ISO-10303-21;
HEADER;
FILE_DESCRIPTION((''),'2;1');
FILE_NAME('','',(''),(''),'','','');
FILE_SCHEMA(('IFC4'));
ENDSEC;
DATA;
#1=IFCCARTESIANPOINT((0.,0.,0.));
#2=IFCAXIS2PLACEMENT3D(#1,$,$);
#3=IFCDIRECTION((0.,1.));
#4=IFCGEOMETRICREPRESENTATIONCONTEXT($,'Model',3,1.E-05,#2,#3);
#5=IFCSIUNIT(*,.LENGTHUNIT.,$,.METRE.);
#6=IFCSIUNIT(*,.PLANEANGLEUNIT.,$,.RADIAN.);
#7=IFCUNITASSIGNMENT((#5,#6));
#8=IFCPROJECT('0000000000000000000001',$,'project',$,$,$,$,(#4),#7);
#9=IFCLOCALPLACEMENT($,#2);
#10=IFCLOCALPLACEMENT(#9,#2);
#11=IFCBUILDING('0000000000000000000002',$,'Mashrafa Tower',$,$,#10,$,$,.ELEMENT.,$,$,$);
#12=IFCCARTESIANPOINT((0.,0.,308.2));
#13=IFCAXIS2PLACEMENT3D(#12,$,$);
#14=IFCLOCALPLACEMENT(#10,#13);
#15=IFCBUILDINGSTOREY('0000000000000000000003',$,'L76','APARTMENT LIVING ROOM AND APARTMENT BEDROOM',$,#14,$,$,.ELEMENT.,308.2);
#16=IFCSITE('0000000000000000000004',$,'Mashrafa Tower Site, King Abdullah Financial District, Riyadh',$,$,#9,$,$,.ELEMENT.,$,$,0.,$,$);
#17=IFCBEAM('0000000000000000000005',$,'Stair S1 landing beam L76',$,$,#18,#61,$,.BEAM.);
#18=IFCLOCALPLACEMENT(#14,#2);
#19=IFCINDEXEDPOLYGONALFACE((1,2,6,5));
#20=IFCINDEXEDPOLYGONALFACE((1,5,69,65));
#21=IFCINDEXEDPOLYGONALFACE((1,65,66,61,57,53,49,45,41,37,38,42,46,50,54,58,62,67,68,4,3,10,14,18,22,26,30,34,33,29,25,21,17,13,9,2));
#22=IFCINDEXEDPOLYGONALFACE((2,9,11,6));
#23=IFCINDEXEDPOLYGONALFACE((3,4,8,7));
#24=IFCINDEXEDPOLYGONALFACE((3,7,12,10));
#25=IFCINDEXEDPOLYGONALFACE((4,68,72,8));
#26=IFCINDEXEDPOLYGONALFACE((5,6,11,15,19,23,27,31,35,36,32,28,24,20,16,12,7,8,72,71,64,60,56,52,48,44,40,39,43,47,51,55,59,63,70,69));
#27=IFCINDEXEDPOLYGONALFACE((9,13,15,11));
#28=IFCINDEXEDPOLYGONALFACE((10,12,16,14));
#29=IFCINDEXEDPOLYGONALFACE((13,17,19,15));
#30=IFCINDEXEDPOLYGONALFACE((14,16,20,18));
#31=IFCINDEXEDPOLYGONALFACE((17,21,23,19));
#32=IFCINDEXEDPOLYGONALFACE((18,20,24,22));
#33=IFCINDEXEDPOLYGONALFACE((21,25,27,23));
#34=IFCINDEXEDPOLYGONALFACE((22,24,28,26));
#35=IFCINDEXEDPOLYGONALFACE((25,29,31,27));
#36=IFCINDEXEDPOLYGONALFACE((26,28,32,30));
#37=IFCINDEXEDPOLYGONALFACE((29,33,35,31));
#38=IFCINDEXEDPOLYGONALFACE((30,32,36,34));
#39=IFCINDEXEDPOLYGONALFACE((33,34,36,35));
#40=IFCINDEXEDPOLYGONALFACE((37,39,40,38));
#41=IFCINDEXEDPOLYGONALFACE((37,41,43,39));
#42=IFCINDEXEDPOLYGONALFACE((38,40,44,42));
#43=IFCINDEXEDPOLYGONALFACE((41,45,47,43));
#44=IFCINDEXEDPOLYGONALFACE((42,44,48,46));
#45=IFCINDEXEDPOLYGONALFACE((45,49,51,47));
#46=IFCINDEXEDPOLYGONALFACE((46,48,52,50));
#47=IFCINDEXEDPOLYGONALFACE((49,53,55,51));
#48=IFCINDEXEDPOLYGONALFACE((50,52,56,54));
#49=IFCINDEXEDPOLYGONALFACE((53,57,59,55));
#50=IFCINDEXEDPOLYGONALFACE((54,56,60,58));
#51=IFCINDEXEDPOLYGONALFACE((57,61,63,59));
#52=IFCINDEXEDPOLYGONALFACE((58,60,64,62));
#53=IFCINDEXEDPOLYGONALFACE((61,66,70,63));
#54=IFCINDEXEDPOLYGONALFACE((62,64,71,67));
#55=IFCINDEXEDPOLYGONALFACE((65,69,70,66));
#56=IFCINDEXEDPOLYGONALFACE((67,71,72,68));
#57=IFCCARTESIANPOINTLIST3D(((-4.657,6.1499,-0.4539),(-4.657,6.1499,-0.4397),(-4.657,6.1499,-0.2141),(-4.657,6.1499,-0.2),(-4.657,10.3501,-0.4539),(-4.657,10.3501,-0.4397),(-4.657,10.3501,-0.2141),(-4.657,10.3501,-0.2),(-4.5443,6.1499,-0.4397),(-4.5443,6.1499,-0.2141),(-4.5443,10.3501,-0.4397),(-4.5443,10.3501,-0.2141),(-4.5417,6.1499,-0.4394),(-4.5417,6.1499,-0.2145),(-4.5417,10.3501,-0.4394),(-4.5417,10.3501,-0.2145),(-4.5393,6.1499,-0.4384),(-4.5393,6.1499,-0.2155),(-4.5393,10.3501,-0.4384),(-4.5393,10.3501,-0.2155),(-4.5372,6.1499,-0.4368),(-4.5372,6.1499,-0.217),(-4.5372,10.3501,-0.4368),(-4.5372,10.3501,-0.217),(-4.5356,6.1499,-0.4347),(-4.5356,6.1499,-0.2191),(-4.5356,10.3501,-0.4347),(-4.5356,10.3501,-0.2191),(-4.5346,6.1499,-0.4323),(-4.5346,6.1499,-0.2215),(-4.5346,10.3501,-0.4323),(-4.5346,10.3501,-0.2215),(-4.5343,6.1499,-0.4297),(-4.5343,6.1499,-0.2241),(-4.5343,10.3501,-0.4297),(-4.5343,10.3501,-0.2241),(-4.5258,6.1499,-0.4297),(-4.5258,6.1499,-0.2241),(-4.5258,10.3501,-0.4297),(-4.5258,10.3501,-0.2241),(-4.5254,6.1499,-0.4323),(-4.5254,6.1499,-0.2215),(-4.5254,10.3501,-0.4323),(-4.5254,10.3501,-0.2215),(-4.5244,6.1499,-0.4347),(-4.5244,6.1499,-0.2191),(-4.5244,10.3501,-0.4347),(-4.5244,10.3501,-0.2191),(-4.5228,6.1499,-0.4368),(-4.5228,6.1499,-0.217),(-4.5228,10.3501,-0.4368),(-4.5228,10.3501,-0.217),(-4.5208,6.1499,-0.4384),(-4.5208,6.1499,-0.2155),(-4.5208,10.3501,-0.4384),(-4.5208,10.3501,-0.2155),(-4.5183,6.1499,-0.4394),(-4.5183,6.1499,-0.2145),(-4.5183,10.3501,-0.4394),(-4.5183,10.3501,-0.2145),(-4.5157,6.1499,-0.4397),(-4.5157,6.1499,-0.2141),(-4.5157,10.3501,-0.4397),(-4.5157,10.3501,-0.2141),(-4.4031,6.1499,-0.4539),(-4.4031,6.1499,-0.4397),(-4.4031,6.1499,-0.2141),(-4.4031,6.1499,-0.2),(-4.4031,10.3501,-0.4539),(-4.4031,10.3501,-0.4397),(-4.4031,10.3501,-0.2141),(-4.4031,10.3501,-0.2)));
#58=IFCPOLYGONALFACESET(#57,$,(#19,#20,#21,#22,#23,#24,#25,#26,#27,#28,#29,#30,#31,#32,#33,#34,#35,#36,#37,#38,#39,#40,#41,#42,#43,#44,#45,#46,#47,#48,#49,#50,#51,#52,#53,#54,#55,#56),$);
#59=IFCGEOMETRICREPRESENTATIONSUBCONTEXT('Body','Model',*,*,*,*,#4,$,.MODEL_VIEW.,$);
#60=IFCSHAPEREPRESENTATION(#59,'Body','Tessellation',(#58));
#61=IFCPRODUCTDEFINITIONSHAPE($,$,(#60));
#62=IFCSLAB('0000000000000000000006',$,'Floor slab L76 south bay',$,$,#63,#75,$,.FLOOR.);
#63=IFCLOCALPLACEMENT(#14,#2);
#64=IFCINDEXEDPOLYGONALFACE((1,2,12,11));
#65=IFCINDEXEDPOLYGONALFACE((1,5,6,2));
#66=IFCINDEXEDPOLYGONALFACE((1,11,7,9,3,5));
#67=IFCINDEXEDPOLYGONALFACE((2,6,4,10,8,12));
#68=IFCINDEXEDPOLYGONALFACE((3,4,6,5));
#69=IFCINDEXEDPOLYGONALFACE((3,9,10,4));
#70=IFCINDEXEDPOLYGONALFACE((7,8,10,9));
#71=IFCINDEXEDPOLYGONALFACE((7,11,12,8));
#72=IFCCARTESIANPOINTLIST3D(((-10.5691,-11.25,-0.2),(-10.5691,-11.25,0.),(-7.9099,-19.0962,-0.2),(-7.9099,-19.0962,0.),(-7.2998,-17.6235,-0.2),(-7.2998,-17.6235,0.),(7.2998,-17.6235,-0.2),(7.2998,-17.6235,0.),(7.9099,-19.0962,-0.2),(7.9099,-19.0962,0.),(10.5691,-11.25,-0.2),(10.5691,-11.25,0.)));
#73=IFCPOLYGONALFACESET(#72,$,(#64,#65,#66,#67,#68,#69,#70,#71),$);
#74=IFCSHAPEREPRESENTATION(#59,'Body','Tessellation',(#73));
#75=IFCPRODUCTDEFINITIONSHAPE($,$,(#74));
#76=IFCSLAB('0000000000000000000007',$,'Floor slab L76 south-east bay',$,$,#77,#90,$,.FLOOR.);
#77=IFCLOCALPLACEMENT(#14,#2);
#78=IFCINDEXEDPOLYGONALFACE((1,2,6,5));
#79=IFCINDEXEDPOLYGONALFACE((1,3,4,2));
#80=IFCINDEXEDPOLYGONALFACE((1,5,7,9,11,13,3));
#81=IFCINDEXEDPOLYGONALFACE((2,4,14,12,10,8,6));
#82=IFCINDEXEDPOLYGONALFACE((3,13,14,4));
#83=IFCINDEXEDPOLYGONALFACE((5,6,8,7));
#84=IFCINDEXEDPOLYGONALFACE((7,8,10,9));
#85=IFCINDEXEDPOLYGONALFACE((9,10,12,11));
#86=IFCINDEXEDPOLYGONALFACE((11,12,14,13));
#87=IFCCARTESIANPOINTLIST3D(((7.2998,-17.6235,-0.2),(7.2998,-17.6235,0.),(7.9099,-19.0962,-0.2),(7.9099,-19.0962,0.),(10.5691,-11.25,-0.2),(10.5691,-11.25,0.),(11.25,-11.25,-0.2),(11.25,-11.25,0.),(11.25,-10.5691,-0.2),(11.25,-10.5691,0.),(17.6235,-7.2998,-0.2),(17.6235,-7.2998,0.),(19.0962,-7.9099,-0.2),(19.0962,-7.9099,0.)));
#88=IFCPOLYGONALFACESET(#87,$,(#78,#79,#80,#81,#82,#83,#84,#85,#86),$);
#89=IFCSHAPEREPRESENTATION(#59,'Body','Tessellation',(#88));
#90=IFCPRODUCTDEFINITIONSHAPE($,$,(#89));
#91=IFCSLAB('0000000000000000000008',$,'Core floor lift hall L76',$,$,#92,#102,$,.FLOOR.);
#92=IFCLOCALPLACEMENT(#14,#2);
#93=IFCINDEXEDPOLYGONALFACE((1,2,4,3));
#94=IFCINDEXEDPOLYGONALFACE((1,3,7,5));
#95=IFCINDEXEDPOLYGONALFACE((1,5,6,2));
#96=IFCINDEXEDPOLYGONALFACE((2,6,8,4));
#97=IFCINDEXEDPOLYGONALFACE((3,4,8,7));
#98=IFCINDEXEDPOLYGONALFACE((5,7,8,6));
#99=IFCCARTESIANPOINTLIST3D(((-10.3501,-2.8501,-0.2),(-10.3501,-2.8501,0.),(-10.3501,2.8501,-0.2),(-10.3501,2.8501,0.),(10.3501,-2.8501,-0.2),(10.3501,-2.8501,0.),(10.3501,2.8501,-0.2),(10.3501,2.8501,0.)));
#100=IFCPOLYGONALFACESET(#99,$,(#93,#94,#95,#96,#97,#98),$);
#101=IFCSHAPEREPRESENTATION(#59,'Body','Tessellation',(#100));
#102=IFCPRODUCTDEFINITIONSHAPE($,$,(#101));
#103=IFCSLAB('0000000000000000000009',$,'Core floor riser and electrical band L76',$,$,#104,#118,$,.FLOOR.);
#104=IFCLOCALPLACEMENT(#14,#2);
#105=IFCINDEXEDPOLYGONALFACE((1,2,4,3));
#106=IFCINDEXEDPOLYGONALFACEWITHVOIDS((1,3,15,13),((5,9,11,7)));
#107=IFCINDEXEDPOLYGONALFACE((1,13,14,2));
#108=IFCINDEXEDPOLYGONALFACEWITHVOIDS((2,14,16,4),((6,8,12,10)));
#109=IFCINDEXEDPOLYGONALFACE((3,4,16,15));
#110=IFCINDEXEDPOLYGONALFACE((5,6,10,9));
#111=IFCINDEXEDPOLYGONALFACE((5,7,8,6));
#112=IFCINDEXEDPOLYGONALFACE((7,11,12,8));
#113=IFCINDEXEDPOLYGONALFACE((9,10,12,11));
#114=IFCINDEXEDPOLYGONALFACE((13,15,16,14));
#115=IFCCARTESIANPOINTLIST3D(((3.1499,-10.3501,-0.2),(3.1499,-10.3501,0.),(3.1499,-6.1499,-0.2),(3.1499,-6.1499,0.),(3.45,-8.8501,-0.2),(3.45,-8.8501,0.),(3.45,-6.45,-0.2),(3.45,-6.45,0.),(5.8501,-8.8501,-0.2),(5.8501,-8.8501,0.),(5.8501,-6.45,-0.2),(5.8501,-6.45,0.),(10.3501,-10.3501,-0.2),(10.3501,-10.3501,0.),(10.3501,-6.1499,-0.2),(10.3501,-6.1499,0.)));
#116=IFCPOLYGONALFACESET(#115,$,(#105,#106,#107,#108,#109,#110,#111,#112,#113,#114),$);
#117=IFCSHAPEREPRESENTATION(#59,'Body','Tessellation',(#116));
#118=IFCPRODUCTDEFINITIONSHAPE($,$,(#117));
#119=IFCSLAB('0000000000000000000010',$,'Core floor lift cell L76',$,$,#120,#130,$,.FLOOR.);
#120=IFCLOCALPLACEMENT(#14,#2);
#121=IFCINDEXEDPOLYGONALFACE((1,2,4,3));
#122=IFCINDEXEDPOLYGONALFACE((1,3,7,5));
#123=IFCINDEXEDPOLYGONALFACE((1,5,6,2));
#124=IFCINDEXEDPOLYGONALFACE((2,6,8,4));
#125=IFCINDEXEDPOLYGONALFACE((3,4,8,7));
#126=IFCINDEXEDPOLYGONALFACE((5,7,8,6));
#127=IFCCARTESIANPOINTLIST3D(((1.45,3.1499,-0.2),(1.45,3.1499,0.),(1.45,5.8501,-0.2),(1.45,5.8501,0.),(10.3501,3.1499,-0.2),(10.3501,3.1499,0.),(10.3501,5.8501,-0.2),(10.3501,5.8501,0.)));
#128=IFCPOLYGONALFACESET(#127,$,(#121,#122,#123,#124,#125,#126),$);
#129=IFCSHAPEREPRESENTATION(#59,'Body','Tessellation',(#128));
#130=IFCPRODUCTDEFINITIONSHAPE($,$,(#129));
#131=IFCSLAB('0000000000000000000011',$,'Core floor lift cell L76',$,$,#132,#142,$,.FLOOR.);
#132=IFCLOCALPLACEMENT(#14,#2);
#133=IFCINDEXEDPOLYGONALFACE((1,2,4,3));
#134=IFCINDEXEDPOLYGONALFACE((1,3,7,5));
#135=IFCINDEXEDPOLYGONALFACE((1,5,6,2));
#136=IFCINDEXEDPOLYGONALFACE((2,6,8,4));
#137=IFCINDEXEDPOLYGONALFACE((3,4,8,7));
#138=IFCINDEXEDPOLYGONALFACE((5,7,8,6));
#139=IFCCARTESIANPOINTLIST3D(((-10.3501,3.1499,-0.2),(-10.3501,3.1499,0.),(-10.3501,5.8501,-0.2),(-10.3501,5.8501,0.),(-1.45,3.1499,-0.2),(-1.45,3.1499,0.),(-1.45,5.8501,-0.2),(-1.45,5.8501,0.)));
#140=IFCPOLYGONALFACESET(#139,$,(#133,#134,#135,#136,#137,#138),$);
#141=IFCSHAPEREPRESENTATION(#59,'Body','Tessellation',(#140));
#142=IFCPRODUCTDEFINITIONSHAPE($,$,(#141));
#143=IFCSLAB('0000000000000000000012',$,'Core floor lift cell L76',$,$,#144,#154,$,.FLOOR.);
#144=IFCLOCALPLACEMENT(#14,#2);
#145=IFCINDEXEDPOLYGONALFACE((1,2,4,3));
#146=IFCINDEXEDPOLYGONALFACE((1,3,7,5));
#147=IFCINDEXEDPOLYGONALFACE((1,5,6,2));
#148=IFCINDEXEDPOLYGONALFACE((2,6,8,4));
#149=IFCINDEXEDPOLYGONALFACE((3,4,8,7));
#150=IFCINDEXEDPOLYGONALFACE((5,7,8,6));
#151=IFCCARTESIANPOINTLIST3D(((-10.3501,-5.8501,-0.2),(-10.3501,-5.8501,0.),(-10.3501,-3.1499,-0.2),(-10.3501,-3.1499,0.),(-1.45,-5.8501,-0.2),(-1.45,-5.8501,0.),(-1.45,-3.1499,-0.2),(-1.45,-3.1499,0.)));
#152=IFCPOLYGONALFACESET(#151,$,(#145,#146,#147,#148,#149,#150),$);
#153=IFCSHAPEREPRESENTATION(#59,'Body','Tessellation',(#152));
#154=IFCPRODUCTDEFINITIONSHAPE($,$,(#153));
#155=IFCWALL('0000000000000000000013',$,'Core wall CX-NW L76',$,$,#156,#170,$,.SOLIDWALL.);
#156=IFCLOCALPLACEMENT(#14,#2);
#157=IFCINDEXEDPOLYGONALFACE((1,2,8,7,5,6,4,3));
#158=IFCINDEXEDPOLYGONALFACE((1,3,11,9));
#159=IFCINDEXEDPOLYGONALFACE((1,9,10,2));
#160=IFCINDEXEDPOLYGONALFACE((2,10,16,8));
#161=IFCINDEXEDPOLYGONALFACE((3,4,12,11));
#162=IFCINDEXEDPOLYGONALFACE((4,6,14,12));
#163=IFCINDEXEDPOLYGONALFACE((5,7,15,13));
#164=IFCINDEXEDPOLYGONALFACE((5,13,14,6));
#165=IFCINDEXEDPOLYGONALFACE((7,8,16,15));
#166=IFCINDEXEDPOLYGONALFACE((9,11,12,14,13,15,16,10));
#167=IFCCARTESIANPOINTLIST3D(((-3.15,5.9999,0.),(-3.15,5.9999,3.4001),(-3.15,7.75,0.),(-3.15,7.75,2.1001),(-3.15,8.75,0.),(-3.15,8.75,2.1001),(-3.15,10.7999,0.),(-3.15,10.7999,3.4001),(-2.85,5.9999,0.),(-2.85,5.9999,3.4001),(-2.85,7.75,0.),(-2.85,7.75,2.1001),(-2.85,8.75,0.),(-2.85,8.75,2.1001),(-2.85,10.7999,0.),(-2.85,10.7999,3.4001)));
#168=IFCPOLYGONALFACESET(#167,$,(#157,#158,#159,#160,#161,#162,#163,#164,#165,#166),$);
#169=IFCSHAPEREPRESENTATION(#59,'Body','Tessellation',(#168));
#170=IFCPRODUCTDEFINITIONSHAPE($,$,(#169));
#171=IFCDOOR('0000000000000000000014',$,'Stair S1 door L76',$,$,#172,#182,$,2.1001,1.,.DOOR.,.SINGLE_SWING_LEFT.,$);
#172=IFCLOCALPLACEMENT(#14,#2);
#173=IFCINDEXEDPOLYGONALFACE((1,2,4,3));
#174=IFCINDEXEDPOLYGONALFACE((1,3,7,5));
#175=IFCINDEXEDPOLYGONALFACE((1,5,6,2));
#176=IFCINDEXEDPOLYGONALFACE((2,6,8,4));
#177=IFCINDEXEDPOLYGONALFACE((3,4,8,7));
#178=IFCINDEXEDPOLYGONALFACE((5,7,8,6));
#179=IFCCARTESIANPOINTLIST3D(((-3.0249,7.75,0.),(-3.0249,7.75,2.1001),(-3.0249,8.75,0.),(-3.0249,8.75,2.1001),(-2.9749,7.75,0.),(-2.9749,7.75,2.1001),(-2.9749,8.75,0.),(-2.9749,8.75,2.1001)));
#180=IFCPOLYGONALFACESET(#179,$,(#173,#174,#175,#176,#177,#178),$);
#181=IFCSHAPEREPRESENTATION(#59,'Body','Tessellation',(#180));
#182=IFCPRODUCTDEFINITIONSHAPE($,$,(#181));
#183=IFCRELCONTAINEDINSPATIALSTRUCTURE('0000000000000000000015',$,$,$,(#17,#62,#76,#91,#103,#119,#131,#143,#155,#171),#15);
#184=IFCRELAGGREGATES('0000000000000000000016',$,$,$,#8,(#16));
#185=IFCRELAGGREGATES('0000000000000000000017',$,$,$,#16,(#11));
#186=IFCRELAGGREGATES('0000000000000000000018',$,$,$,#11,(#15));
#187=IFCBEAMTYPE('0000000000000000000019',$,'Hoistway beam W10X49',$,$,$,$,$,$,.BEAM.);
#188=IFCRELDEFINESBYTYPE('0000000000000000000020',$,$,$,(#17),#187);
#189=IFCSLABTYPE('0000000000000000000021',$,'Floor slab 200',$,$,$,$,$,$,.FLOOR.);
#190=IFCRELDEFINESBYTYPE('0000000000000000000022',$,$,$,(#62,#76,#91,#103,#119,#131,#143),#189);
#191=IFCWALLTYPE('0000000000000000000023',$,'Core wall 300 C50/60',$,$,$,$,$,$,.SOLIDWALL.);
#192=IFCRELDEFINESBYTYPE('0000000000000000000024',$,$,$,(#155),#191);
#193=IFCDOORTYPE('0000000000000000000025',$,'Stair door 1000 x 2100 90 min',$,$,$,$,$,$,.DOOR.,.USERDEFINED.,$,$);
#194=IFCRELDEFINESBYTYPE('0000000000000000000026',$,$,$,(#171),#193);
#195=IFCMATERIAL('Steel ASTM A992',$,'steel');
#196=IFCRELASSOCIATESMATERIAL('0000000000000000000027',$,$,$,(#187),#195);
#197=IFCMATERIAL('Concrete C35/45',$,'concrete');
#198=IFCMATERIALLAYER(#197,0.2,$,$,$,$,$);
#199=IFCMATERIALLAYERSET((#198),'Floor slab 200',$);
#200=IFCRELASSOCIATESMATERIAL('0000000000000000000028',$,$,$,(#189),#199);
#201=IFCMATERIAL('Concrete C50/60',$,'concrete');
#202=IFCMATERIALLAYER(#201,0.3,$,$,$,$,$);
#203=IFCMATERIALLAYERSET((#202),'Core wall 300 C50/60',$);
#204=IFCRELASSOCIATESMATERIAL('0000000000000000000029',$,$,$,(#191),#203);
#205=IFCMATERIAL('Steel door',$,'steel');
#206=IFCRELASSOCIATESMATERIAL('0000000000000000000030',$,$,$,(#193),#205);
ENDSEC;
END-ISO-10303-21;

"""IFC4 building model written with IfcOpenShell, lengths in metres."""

from ifc_helpers import new_model, si_unit, direction, frame, frame_2d, origin, origin_2d, place, context, subcontext, project, spatial, polyline, rectangle, i_section, outline, extrude, material, layer, layer_set, material_profile, profile_set, type_object, element, fill, save


model = new_model("IFC4")

# Units and contexts
model_context = context("Model", 3, precision=1e-05, world=origin(), true_north=direction((0.0, 1.0)))
body_context = subcontext(model_context, "Body", "Model", "MODEL_VIEW")
ifc_project = project(units=[si_unit("LENGTHUNIT", "METRE"), si_unit("PLANEANGLEUNIT", "RADIAN")], contexts=[model_context])

# Site, building, storey
site_placement = place(None, origin())
site = spatial("IfcSite", under=ifc_project, at=site_placement, Name="Mashrafa Tower Site, King Abdullah Financial District, Riyadh", CompositionType="ELEMENT", RefElevation=0.0)
building_placement = place(site_placement, origin())
building = spatial("IfcBuilding", under=site, at=building_placement, Name="Mashrafa Tower", CompositionType="ELEMENT")
storey_placement = place(building_placement, frame((0.0, 0.0, 308.2)))
storey = spatial("IfcBuildingStorey", under=building, at=storey_placement, Name="L76", Description="APARTMENT LIVING ROOM AND APARTMENT BEDROOM", CompositionType="ELEMENT", Elevation=308.2)

# Beam
ifc_material_1 = material(Name="Steel ASTM A992", Category="steel")
ifc_material_profile_1 = material_profile(ifc_material_1, i_section(OverallWidth=0.2539, OverallDepth=0.2539, WebThickness=0.0085, FlangeThickness=0.0142, FilletRadius=0.01, at=origin_2d()), Name="W10X49")
ifc_profile_set_1 = profile_set([ifc_material_profile_1], Name="Steel ASTM A992")
beam_type_1 = type_object("IfcBeamType", Name="Hoistway beam W10X49", PredefinedType="BEAM", material=ifc_profile_set_1)
beam_1_placement = place(storey_placement, frame((-4.53, 6.1499, -0.3269), z_axis=(0.0, 1.0, 0.0), x_axis=(-1.0, 0.0, 0.0)))
element("IfcBeam", 1, at=beam_1_placement, inside=storey, type_object=beam_type_1, Name="Stair S1 landing beam L76", PredefinedType="BEAM", context=body_context, shape_type="SweptSolid", body=[
    extrude(i_section(OverallWidth=0.2539, OverallDepth=0.2539, WebThickness=0.0085, FlangeThickness=0.0142, FilletRadius=0.01, at=origin_2d()), origin(), (0.0, 0.0, 1.0), 4.2002),
])

# Slabs
ifc_material_2 = material(Name="Concrete C35/45", Category="concrete")
ifc_layer_1 = layer(ifc_material_2, 0.2)
ifc_layer_set_1 = layer_set([ifc_layer_1], Name="Floor slab 200")
slab_type = type_object("IfcSlabType", Name="Floor slab 200", PredefinedType="FLOOR", material=ifc_layer_set_1)
slab_1_placement = place(storey_placement, frame((0.0, 0.0, -0.2)))
element("IfcSlab", 2, at=slab_1_placement, inside=storey, type_object=slab_type, Name="Floor slab L76 south bay", PredefinedType="FLOOR", context=body_context, shape_type="SweptSolid", body=[
    extrude(outline(polyline([(-7.9099, -19.0962), (-7.2998, -17.6235), (-10.5691, -11.25), (10.5691, -11.25), (7.2998, -17.6235), (7.9099, -19.0962), (-7.9099, -19.0962)])), origin(), (0.0, 0.0, 1.0), 0.2),
])
slab_2_placement = place(storey_placement, frame((0.0, 0.0, -0.2)))
element("IfcSlab", 3, at=slab_2_placement, inside=storey, type_object=slab_type, Name="Floor slab L76 south-east bay", PredefinedType="FLOOR", context=body_context, shape_type="SweptSolid", body=[
    extrude(outline(polyline([(7.9099, -19.0962), (7.2998, -17.6235), (10.5691, -11.25), (11.25, -11.25), (11.25, -10.5691), (17.6235, -7.2998), (19.0962, -7.9099), (19.0962, -7.9099), (7.9099, -19.0962), (7.9099, -19.0962)])), origin(), (0.0, 0.0, 1.0), 0.2),
])
slab_3_placement = place(storey_placement, frame((0.0, 0.0, -0.2)))
element("IfcSlab", 4, at=slab_3_placement, inside=storey, type_object=slab_type, Name="Core floor lift hall L76", PredefinedType="FLOOR", context=body_context, shape_type="SweptSolid", body=[
    extrude(outline(polyline([(-10.3501, 2.8501), (10.3501, 2.8501), (10.3501, -2.8501), (-10.3501, -2.8501), (-10.3501, 2.8501)])), origin(), (0.0, 0.0, 1.0), 0.2),
])
slab_4_placement = place(storey_placement, frame((0.0, 0.0, -0.2)))
element("IfcSlab", 5, at=slab_4_placement, inside=storey, type_object=slab_type, Name="Core floor riser and electrical band L76", PredefinedType="FLOOR", context=body_context, shape_type="SweptSolid", body=[
    extrude(outline(polyline([(10.3501, -6.1499), (10.3501, -10.3501), (3.1499, -10.3501), (3.1499, -6.1499), (10.3501, -6.1499)]), holes=[polyline([(3.45, -8.8501), (5.8501, -8.8501), (5.8501, -6.45), (3.45, -6.45), (3.45, -8.8501)])]), origin(), (0.0, 0.0, 1.0), 0.2),
])
slab_5_placement = place(storey_placement, frame((0.0, 0.0, -0.2)))
element("IfcSlab", 6, at=slab_5_placement, inside=storey, type_object=slab_type, Name="Core floor lift cell L76", PredefinedType="FLOOR", context=body_context, shape_type="SweptSolid", body=[
    extrude(outline(polyline([(10.3501, 5.8501), (10.3501, 3.1499), (1.45, 3.1499), (1.45, 5.8501), (10.3501, 5.8501)])), origin(), (0.0, 0.0, 1.0), 0.2),
])
slab_6_placement = place(storey_placement, frame((0.0, 0.0, -0.2)))
element("IfcSlab", 7, at=slab_6_placement, inside=storey, type_object=slab_type, Name="Core floor lift cell L76", PredefinedType="FLOOR", context=body_context, shape_type="SweptSolid", body=[
    extrude(outline(polyline([(-1.45, 3.1499), (-10.3501, 3.1499), (-10.3501, 5.8501), (-1.45, 5.8501), (-1.45, 3.1499)])), origin(), (0.0, 0.0, 1.0), 0.2),
])
slab_7_placement = place(storey_placement, frame((0.0, 0.0, -0.2)))
element("IfcSlab", 8, at=slab_7_placement, inside=storey, type_object=slab_type, Name="Core floor lift cell L76", PredefinedType="FLOOR", context=body_context, shape_type="SweptSolid", body=[
    extrude(outline(polyline([(-1.45, -3.1499), (-1.45, -5.8501), (-10.3501, -5.8501), (-10.3501, -3.1499), (-1.45, -3.1499)])), origin(), (0.0, 0.0, 1.0), 0.2),
])

# Wall, opening, door
ifc_material_3 = material(Name="Concrete C50/60", Category="concrete")
ifc_layer_2 = layer(ifc_material_3, 0.3)
ifc_layer_set_2 = layer_set([ifc_layer_2], Name="Core wall 300 C50/60")
wall_type_1 = type_object("IfcWallType", Name="Core wall 300 C50/60", PredefinedType="SOLIDWALL", material=ifc_layer_set_2)
wall_1_placement = place(storey_placement, frame((-3.0, 6.0, 0.0), z_axis=(0.0, 0.0, 1.0), x_axis=(0.0, 1.0, 0.0)))
wall_1 = element("IfcWall", 9, at=wall_1_placement, inside=storey, type_object=wall_type_1, Name="Core wall CX-NW L76", PredefinedType="SOLIDWALL", context=body_context, shape_type="SweptSolid", body=[
    extrude(rectangle(XDim=4.8, YDim=0.3, at=frame_2d((2.3999, 0.0))), origin(), (0.0, 0.0, 1.0), 3.4001),
])
opening_1_placement = place(wall_1_placement, frame((1.75, 0.0, 0.0)))
opening_1 = element("IfcOpeningElement", 10, at=opening_1_placement, cuts=wall_1, PredefinedType="OPENING", context=body_context, shape_type="SweptSolid", body=[
    extrude(rectangle(XDim=1.0, YDim=2.1001, at=frame_2d((0.5, 1.05))), frame((0.0, 0.1599, 0.0), z_axis=(0.0, -1.0, 0.0), x_axis=(1.0, 0.0, 0.0)), (0.0, 0.0, 1.0), 0.3201),
])
ifc_material_4 = material(Name="Steel door", Category="steel")
door_type_1 = type_object("IfcDoorType", Name="Stair door 1000 x 2100 90 min", OperationType="USERDEFINED", PredefinedType="DOOR", material=ifc_material_4)
door_1_placement = place(opening_1_placement, origin())
door_1 = element("IfcDoor", 11, at=door_1_placement, inside=storey, type_object=door_type_1, Name="Stair S1 door L76", OperationType="SINGLE_SWING_LEFT", OverallHeight=2.1001, OverallWidth=1.0, PredefinedType="DOOR", context=body_context, shape_type="SweptSolid", body=[
    extrude(rectangle(XDim=1.0, YDim=2.1001, at=frame_2d((0.5, 1.05))), frame((0.0, 0.0249, 0.0), z_axis=(0.0, -1.0, 0.0), x_axis=(1.0, 0.0, 0.0)), (0.0, 0.0, 1.0), 0.05),
])
fill(opening_1, door_1)

save(model, "model.ifc")
